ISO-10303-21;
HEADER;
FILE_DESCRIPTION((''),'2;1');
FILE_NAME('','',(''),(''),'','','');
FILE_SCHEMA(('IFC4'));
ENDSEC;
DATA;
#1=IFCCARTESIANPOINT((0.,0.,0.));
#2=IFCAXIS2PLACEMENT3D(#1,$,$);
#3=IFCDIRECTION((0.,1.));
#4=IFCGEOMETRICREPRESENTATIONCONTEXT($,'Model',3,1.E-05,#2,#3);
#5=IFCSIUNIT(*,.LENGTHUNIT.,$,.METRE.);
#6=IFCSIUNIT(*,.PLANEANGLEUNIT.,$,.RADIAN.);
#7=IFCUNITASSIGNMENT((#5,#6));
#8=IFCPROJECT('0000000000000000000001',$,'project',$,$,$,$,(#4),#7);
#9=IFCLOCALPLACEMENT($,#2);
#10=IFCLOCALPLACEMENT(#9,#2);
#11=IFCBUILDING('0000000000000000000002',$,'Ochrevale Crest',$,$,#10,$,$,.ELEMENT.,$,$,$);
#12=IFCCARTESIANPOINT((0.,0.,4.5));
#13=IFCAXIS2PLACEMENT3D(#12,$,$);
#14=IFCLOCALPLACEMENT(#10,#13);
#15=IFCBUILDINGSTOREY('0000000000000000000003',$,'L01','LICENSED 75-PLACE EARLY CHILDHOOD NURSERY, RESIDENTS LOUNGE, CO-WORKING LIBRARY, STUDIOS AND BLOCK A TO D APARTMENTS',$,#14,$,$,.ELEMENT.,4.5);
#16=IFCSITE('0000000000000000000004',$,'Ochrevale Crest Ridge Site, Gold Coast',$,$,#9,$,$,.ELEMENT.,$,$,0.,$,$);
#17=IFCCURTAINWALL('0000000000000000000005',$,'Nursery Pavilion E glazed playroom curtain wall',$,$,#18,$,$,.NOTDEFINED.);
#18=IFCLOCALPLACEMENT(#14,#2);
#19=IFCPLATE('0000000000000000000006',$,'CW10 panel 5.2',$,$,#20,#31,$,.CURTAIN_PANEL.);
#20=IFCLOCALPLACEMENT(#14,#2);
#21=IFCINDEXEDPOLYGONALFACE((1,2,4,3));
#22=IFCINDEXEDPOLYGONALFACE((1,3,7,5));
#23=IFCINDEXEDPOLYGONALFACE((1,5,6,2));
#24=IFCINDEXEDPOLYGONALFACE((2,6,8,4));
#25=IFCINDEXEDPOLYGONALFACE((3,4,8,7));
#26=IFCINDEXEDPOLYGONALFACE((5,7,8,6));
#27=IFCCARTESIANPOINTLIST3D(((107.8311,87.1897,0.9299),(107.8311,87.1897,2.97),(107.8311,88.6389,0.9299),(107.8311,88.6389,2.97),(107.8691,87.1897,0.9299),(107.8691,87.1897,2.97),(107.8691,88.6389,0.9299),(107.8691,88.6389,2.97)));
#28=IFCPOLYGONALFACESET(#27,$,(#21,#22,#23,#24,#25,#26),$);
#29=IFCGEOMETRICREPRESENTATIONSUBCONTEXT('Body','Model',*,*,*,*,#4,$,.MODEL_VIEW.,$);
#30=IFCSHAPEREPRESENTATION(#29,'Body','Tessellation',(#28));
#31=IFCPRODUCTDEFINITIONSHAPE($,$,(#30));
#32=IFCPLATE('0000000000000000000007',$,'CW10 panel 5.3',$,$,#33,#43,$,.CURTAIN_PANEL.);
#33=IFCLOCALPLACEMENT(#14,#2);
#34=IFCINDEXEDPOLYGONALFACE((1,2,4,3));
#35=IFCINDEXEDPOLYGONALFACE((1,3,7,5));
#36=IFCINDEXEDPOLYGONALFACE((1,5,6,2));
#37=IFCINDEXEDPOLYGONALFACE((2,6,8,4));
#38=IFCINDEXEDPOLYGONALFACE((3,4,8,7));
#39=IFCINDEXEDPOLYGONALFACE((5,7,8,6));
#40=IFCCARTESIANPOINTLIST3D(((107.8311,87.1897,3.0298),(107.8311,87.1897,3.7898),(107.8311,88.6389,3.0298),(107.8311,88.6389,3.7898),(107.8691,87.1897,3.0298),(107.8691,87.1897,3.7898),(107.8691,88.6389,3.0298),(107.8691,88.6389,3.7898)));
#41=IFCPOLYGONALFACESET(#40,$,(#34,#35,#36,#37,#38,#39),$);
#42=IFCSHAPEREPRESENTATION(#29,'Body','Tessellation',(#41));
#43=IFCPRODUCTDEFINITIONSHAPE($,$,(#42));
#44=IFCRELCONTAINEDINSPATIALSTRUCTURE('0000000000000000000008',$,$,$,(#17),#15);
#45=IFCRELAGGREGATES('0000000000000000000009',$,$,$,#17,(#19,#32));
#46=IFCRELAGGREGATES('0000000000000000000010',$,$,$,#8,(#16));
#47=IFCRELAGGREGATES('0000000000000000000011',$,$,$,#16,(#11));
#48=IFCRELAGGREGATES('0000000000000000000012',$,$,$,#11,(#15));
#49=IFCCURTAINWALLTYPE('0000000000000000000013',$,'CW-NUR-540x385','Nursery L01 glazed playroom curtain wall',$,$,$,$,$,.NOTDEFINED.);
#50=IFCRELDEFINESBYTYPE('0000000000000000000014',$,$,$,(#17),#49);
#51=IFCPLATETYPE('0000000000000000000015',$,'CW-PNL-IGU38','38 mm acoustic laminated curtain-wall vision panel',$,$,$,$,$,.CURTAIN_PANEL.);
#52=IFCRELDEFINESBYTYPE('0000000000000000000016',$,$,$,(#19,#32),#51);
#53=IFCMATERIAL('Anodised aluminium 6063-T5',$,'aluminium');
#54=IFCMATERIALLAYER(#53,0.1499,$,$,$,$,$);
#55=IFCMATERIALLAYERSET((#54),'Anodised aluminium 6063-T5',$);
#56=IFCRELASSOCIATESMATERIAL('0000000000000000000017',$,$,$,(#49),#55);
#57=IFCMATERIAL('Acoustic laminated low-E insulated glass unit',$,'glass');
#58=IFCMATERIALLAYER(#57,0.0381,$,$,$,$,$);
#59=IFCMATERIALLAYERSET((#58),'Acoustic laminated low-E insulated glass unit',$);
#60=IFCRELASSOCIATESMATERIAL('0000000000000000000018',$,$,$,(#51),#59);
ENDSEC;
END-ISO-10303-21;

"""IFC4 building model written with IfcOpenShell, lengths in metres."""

from ifc_helpers import new_model, si_unit, direction, frame, origin, origin_2d, place, context, subcontext, project, spatial, rectangle, extrude, material, layer, layer_set, type_object, element, aggregate, save


model = new_model("IFC4")

# Units and contexts
model_context = context("Model", 3, precision=1e-05, world=origin(), true_north=direction((0.0, 1.0)))
body_context = subcontext(model_context, "Body", "Model", "MODEL_VIEW")
ifc_project = project(units=[si_unit("LENGTHUNIT", "METRE"), si_unit("PLANEANGLEUNIT", "RADIAN")], contexts=[model_context])

# Site, building, storey
site_placement = place(None, origin())
site = spatial("IfcSite", under=ifc_project, at=site_placement, Name="Ochrevale Crest Ridge Site, Gold Coast", CompositionType="ELEMENT", RefElevation=0.0)
building_placement = place(site_placement, origin())
building = spatial("IfcBuilding", under=site, at=building_placement, Name="Ochrevale Crest", CompositionType="ELEMENT")
storey_placement = place(building_placement, frame((0.0, 0.0, 4.5)))
storey = spatial("IfcBuildingStorey", under=building, at=storey_placement, Name="L01", Description="LICENSED 75-PLACE EARLY CHILDHOOD NURSERY, RESIDENTS LOUNGE, CO-WORKING LIBRARY, STUDIOS AND BLOCK A TO D APARTMENTS", CompositionType="ELEMENT", Elevation=4.5)

# Curtain wall, plates
ifc_material_1 = material(Name="Anodised aluminium 6063-T5", Category="aluminium")
ifc_layer_1 = layer(ifc_material_1, 0.1499)
ifc_layer_set_1 = layer_set([ifc_layer_1], Name="Anodised aluminium 6063-T5")
curtain_wall_type = type_object("IfcCurtainWallType", Name="CW-NUR-540x385", Description="Nursery L01 glazed playroom curtain wall", PredefinedType="NOTDEFINED", material=ifc_layer_set_1)
curtain_wall_placement = place(storey_placement, origin())
curtain_wall = element("IfcCurtainWall", 1, at=curtain_wall_placement, inside=storey, type_object=curtain_wall_type, Name="Nursery Pavilion E glazed playroom curtain wall", PredefinedType="NOTDEFINED")
ifc_material_2 = material(Name="Acoustic laminated low-E insulated glass unit", Category="glass")
ifc_layer_2 = layer(ifc_material_2, 0.0381)
ifc_layer_set_2 = layer_set([ifc_layer_2], Name="Acoustic laminated low-E insulated glass unit")
plate_type = type_object("IfcPlateType", Name="CW-PNL-IGU38", Description="38 mm acoustic laminated curtain-wall vision panel", PredefinedType="CURTAIN_PANEL", material=ifc_layer_set_2)
plate_1_placement = place(storey_placement, frame((107.8501, 87.9143, 0.9299), z_axis=(0.0, 0.0, 1.0), x_axis=(0.0, 1.0, 0.0)))
plate_1 = element("IfcPlate", 2, at=plate_1_placement, type_object=plate_type, Name="CW10 panel 5.2", PredefinedType="CURTAIN_PANEL", context=body_context, shape_type="SweptSolid", body=[
    extrude(rectangle(XDim=1.4492, YDim=0.0381, at=origin_2d()), origin(), (0.0, 0.0, 1.0), 2.04),
])
plate_2_placement = place(storey_placement, frame((107.8501, 87.9143, 3.0298), z_axis=(0.0, 0.0, 1.0), x_axis=(0.0, 1.0, 0.0)))
plate_2 = element("IfcPlate", 3, at=plate_2_placement, type_object=plate_type, Name="CW10 panel 5.3", PredefinedType="CURTAIN_PANEL", context=body_context, shape_type="SweptSolid", body=[
    extrude(rectangle(XDim=1.4492, YDim=0.0381, at=origin_2d()), origin(), (0.0, 0.0, 1.0), 0.76),
])
aggregate(curtain_wall, [plate_1, plate_2])

save(model, "model.ifc")
